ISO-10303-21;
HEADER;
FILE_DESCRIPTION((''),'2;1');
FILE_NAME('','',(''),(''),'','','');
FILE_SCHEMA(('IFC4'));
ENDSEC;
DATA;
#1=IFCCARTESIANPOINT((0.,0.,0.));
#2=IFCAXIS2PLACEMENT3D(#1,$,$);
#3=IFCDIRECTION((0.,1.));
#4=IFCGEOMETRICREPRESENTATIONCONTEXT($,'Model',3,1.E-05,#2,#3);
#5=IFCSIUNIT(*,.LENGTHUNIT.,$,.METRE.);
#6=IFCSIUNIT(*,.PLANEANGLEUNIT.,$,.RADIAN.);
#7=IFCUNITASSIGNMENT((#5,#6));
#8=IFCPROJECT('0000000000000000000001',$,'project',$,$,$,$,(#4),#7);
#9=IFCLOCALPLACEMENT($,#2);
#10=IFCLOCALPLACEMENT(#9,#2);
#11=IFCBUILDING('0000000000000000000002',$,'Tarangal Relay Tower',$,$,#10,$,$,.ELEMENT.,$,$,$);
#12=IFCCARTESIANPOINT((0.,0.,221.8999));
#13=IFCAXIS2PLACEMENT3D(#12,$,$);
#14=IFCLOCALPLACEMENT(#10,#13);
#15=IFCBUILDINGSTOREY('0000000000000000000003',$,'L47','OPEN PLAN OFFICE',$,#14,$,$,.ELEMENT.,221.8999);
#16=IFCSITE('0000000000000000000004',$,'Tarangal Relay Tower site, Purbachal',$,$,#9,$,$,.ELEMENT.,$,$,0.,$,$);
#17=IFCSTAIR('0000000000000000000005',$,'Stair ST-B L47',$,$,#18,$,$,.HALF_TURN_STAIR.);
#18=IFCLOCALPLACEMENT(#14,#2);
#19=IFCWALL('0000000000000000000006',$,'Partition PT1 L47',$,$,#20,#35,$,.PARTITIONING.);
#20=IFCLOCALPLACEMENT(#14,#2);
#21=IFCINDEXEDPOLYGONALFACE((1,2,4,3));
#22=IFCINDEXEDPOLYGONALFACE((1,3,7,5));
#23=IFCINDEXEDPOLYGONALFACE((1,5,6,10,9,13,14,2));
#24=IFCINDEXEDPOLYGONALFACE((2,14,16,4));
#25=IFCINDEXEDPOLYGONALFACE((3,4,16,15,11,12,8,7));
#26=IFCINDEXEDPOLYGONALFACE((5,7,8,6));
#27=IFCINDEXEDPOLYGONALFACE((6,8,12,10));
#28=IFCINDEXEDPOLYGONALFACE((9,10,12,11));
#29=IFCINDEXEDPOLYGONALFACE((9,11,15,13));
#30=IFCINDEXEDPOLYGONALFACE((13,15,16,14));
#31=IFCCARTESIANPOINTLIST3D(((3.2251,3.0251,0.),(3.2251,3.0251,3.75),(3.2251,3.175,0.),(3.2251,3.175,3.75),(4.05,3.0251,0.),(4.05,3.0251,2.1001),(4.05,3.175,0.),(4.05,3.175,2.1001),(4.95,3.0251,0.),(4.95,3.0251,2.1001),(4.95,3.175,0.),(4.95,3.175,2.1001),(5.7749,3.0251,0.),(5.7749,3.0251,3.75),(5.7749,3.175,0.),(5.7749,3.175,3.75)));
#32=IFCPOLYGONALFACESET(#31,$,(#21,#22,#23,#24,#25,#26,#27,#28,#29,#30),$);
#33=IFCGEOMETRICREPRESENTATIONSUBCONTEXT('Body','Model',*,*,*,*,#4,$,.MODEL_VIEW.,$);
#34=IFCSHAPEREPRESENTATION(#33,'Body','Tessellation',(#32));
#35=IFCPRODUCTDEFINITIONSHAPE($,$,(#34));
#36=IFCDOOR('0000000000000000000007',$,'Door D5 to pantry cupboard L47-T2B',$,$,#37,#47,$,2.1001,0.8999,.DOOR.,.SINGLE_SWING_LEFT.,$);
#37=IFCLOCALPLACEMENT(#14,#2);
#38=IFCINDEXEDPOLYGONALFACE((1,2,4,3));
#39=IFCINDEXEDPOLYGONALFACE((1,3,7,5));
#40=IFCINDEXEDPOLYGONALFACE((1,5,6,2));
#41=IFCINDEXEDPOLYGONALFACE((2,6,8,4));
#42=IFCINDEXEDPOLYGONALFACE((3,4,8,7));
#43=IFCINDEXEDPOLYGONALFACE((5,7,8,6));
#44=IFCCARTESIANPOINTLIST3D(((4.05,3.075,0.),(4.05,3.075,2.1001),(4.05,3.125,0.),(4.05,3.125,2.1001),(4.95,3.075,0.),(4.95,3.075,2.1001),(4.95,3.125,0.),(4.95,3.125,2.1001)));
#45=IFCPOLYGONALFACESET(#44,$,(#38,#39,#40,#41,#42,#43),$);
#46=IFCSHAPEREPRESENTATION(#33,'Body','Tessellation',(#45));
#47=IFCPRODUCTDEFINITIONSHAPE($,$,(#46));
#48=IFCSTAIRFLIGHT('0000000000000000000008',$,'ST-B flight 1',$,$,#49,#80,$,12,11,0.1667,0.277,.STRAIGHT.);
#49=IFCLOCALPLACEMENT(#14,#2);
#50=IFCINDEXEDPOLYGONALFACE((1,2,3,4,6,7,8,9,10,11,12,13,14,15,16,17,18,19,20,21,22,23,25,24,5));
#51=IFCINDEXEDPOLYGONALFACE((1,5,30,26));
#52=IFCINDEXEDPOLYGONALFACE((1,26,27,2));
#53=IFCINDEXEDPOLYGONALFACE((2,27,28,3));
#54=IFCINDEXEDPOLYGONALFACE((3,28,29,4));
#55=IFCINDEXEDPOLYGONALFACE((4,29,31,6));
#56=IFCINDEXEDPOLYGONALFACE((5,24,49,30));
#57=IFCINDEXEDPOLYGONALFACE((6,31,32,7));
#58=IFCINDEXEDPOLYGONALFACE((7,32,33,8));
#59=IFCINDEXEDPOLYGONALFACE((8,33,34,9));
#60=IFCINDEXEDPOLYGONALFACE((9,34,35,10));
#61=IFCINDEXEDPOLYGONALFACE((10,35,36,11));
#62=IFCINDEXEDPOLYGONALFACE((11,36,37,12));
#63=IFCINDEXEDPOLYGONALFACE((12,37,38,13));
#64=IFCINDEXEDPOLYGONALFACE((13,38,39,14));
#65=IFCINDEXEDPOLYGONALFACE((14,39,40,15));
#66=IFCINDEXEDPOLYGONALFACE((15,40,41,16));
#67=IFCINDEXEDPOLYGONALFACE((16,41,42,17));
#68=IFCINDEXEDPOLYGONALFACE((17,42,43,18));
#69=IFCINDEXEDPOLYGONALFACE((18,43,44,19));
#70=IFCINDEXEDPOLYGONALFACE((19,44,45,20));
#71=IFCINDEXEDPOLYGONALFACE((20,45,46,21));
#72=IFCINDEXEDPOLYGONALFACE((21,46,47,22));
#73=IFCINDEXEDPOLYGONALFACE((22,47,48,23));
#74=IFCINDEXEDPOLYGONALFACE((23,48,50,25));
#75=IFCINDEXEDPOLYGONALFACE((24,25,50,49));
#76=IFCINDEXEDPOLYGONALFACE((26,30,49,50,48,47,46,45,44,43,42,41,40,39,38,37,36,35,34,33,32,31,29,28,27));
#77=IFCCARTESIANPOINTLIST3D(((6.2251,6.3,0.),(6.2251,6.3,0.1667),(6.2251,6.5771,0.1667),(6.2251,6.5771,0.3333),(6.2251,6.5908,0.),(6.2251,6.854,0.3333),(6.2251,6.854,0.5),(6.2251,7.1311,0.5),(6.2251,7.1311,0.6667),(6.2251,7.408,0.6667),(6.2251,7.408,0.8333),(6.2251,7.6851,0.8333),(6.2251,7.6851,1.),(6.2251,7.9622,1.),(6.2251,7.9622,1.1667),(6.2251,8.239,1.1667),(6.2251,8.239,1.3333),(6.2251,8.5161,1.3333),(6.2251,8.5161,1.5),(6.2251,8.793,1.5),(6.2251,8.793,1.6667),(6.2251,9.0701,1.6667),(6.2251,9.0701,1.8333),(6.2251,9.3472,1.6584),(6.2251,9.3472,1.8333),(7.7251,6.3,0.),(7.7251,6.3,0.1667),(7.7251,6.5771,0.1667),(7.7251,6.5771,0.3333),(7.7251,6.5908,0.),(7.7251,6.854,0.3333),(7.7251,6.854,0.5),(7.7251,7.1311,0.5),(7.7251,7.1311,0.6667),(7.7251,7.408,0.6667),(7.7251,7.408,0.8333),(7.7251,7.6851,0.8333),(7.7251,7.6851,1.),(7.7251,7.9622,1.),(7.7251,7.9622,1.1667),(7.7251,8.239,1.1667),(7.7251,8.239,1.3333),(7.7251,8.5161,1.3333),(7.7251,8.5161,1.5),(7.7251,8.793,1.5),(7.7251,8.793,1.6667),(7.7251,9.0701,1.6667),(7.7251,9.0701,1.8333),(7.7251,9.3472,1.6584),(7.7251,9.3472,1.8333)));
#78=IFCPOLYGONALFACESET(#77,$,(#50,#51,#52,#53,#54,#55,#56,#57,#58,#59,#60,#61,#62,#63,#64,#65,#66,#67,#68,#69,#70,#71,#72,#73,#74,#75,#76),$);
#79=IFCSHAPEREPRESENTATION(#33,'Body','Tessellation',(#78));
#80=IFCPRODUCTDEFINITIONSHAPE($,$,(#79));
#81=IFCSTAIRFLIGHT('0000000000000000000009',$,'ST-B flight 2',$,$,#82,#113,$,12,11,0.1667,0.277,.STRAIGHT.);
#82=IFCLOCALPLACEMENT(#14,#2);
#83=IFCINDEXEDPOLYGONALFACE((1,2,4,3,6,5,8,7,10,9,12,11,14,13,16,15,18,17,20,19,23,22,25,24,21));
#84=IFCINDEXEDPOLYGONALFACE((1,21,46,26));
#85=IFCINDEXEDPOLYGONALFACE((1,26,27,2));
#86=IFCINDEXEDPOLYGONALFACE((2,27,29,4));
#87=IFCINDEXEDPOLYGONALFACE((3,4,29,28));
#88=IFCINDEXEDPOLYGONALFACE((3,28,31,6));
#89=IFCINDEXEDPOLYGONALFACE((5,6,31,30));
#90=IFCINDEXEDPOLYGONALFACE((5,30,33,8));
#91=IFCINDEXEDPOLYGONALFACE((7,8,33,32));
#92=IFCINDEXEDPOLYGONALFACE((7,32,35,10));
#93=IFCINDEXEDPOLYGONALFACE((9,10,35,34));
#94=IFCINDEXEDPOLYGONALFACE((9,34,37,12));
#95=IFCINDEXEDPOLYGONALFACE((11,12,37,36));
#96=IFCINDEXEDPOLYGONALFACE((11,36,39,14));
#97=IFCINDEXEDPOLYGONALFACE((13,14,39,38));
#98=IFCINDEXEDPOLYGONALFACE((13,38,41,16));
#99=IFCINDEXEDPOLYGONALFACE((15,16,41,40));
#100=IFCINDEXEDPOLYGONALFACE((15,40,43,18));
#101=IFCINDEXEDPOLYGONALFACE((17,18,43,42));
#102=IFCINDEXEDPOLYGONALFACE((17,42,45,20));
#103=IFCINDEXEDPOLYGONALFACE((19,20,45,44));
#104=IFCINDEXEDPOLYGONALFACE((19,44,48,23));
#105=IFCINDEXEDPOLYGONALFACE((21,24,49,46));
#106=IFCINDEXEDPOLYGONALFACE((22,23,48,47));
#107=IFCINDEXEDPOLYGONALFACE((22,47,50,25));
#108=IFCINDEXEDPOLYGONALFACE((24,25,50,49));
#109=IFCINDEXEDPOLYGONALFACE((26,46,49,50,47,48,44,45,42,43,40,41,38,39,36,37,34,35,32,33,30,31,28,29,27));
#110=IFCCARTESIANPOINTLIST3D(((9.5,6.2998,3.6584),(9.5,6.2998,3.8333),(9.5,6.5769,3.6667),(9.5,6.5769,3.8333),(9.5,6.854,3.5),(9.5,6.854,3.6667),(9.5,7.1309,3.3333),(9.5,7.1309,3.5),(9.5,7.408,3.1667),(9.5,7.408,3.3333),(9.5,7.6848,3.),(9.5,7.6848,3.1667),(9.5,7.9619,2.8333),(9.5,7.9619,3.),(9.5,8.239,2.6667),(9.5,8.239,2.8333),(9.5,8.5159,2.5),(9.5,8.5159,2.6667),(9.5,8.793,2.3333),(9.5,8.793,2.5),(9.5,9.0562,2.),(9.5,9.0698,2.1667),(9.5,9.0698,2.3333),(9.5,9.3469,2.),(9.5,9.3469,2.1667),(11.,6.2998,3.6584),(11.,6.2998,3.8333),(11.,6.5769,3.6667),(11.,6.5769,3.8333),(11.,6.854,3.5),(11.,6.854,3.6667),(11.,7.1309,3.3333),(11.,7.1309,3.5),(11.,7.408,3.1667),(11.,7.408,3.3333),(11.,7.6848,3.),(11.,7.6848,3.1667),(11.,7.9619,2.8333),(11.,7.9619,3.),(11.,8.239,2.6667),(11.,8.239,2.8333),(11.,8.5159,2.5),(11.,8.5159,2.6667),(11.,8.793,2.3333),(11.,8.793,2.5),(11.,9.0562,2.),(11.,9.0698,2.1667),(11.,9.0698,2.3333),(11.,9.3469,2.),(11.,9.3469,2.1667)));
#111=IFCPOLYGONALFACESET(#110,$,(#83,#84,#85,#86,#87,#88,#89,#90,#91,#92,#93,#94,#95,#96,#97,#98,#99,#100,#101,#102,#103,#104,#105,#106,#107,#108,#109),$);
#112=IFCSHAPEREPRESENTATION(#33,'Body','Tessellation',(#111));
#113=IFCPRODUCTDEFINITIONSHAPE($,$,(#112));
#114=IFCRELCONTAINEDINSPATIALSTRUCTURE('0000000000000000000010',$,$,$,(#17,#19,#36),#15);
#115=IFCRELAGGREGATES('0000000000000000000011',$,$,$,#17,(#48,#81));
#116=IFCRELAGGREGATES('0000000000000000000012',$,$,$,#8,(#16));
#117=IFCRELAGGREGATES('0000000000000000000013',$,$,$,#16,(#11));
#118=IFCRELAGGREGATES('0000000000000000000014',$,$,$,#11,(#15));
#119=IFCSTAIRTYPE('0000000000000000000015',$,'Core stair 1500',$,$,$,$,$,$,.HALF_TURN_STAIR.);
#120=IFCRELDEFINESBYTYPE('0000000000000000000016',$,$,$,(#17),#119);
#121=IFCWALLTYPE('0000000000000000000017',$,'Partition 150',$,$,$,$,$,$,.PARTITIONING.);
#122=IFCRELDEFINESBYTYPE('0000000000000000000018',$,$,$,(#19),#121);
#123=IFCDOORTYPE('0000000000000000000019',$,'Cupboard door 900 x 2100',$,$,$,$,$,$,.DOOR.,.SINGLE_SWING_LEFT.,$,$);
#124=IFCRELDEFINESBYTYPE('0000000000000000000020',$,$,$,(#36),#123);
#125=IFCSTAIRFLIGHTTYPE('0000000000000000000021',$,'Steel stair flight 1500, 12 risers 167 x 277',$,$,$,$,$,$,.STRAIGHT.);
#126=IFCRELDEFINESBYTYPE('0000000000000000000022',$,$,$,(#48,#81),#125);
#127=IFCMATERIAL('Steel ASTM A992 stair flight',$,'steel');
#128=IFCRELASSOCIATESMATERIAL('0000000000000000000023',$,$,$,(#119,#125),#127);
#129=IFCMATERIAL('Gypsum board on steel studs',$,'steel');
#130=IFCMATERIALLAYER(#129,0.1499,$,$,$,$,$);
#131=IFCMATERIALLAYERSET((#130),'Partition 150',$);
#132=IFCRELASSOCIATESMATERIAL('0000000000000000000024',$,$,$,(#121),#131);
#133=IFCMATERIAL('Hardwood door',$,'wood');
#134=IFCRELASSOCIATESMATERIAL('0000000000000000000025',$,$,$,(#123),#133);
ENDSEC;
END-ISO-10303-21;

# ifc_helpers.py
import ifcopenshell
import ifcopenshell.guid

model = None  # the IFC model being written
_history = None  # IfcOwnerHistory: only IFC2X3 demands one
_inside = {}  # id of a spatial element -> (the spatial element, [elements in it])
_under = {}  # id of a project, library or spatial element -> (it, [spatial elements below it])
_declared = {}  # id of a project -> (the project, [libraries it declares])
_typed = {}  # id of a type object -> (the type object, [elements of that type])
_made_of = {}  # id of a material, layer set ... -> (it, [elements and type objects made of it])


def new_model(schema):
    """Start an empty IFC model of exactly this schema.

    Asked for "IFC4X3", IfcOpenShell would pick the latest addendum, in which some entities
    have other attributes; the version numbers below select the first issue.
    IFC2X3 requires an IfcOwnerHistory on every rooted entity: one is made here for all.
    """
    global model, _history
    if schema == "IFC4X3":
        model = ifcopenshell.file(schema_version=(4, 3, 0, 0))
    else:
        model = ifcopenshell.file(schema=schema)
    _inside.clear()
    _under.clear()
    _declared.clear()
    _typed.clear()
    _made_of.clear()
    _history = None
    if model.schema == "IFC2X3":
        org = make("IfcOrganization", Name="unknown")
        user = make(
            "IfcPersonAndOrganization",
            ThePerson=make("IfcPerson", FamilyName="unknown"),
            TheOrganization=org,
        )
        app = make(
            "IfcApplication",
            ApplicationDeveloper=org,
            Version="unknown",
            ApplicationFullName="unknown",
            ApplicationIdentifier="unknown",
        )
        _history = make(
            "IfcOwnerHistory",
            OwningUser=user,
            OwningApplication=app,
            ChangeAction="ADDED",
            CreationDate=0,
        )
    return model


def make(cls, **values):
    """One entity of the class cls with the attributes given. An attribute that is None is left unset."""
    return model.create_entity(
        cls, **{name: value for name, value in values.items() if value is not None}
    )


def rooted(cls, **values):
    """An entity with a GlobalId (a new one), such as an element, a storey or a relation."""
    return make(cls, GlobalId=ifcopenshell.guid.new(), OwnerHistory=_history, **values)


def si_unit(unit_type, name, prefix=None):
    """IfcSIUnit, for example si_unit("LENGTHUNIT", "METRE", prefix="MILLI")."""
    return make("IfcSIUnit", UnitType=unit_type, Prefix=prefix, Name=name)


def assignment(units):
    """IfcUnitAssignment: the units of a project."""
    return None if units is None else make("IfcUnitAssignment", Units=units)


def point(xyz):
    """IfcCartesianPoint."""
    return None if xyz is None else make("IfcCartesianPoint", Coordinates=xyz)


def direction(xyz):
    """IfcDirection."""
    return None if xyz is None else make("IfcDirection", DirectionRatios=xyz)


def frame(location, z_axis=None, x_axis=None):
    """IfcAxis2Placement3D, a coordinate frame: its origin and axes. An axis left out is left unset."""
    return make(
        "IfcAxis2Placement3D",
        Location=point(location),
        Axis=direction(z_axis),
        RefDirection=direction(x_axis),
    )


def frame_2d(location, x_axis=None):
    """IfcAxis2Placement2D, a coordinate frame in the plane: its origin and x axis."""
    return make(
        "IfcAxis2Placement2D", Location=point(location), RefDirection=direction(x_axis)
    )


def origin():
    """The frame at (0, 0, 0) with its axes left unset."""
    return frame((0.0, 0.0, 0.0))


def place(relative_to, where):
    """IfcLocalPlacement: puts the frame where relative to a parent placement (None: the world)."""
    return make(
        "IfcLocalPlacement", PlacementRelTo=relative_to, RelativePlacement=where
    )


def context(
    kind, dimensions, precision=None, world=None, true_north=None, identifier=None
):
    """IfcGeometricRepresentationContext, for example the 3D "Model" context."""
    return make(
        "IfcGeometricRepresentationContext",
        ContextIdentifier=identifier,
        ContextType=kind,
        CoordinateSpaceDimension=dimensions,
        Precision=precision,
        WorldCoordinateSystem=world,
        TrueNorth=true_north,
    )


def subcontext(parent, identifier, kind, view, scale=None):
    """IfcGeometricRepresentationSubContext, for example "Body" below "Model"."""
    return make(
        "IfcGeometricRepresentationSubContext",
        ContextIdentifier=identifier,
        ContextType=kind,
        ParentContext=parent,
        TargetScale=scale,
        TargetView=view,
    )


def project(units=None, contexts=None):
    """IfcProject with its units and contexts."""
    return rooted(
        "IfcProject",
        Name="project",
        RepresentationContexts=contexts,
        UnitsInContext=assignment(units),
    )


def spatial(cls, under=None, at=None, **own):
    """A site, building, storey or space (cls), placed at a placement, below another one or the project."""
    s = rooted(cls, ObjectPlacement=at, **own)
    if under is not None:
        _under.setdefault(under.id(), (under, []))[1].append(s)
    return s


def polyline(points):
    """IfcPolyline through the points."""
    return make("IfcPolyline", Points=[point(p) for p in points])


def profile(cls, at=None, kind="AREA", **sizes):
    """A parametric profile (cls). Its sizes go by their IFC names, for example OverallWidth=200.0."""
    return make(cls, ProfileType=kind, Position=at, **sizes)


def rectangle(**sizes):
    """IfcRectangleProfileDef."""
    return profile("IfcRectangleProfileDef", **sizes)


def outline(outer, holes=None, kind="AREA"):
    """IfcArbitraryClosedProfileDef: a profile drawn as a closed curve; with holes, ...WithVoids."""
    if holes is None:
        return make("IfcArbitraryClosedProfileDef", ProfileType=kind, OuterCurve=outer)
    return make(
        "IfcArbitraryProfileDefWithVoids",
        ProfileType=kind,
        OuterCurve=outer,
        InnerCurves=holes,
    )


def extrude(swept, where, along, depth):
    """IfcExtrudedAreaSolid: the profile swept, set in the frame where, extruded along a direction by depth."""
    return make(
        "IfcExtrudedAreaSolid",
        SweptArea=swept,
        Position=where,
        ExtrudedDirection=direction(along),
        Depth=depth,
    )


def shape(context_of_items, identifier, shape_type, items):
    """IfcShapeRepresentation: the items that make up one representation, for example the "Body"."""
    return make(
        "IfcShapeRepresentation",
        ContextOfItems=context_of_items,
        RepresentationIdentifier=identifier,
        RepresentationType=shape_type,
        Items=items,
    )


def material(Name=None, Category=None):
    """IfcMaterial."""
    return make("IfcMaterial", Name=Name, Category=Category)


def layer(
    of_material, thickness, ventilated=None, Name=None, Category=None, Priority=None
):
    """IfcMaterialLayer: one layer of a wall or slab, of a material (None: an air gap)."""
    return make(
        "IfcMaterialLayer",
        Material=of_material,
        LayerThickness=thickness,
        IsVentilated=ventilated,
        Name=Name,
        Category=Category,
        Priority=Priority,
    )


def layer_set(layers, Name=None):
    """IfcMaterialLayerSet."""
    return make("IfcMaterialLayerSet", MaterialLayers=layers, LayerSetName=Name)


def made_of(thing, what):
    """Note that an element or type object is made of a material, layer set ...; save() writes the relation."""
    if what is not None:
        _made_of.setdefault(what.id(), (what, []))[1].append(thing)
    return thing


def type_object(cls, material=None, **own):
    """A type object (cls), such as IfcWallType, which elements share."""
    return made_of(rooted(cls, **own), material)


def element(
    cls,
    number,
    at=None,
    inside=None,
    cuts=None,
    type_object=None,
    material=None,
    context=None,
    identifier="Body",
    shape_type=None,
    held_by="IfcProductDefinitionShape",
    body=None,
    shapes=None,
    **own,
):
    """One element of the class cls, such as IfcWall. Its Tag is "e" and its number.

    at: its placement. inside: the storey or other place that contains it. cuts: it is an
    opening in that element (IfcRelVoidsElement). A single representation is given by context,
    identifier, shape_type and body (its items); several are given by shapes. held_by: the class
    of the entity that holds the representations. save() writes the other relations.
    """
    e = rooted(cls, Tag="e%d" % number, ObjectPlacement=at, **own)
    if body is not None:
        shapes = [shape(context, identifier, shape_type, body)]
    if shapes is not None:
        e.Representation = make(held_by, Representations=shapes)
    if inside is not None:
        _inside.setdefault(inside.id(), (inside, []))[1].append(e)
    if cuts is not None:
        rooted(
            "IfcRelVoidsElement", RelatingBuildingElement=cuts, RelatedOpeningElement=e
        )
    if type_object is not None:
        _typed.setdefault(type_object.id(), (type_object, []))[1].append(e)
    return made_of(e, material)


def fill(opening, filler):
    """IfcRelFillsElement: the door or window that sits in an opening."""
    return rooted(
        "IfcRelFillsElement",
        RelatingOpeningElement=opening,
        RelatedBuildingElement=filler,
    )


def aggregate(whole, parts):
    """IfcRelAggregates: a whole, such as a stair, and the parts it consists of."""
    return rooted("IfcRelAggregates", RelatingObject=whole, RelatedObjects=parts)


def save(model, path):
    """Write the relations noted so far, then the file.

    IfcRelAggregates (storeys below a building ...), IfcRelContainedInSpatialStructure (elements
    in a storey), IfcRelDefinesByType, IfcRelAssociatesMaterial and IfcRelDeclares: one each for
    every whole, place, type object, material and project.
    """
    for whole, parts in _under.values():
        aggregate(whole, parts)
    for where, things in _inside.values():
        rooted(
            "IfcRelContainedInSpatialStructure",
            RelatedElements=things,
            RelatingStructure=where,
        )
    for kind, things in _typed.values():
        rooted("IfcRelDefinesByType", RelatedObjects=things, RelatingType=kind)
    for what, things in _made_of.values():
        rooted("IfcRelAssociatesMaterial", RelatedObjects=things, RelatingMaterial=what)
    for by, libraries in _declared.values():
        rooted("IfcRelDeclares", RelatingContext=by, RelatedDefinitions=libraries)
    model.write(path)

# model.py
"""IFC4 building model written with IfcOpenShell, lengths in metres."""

from ifc_helpers import new_model, si_unit, direction, frame, frame_2d, origin, place, context, subcontext, project, spatial, polyline, rectangle, outline, extrude, material, layer, layer_set, type_object, element, fill, aggregate, save


model = new_model("IFC4")

# Units and contexts
model_context = context("Model", 3, precision=1e-05, world=origin(), true_north=direction((0.0, 1.0)))
body_context = subcontext(model_context, "Body", "Model", "MODEL_VIEW")
ifc_project = project(units=[si_unit("LENGTHUNIT", "METRE"), si_unit("PLANEANGLEUNIT", "RADIAN")], contexts=[model_context])

# Site, building, storey
site_placement = place(None, origin())
site = spatial("IfcSite", under=ifc_project, at=site_placement, Name="Tarangal Relay Tower site, Purbachal", CompositionType="ELEMENT", RefElevation=0.0)
building_placement = place(site_placement, origin())
building = spatial("IfcBuilding", under=site, at=building_placement, Name="Tarangal Relay Tower", CompositionType="ELEMENT")
storey_placement = place(building_placement, frame((0.0, 0.0, 221.8999)))
storey = spatial("IfcBuildingStorey", under=building, at=storey_placement, Name="L47", Description="OPEN PLAN OFFICE", CompositionType="ELEMENT", Elevation=221.8999)

# Stair
ifc_material_1 = material(Name="Steel ASTM A992 stair flight", Category="steel")
stair_type = type_object("IfcStairType", Name="Core stair 1500", PredefinedType="HALF_TURN_STAIR", material=ifc_material_1)
stair_1_placement = place(storey_placement, origin())
stair_1 = element("IfcStair", 1, at=stair_1_placement, inside=storey, type_object=stair_type, Name="Stair ST-B L47", PredefinedType="HALF_TURN_STAIR")

# Wall, opening, door
ifc_material_2 = material(Name="Gypsum board on steel studs", Category="steel")
ifc_layer_1 = layer(ifc_material_2, 0.1499)
ifc_layer_set_1 = layer_set([ifc_layer_1], Name="Partition 150")
wall_type_1 = type_object("IfcWallType", Name="Partition 150", PredefinedType="PARTITIONING", material=ifc_layer_set_1)
wall_1_placement = place(storey_placement, frame((3.2251, 3.1001, 0.0), z_axis=(0.0, 0.0, 1.0), x_axis=(1.0, 0.0, 0.0)))
wall_1 = element("IfcWall", 2, at=wall_1_placement, inside=storey, type_object=wall_type_1, Name="Partition PT1 L47", PredefinedType="PARTITIONING", context=body_context, shape_type="SweptSolid", body=[
    extrude(rectangle(XDim=2.5498, YDim=0.1499, at=frame_2d((1.2749, 0.0))), origin(), (0.0, 0.0, 1.0), 3.75),
])
opening_1_placement = place(wall_1_placement, frame((0.825, 0.0, 0.0)))
opening_1 = element("IfcOpeningElement", 3, at=opening_1_placement, cuts=wall_1, PredefinedType="OPENING", context=body_context, shape_type="SweptSolid", body=[
    extrude(rectangle(XDim=0.8999, YDim=2.1001, at=frame_2d((0.45, 1.05))), frame((0.0, 0.085, 0.0), z_axis=(0.0, -1.0, 0.0), x_axis=(1.0, 0.0, 0.0)), (0.0, 0.0, 1.0), 0.1699),
])
ifc_material_3 = material(Name="Hardwood door", Category="wood")
door_type_1 = type_object("IfcDoorType", Name="Cupboard door 900 x 2100", OperationType="SINGLE_SWING_LEFT", PredefinedType="DOOR", material=ifc_material_3)
door_1_placement = place(opening_1_placement, origin())
door_1 = element("IfcDoor", 4, at=door_1_placement, inside=storey, type_object=door_type_1, Name="Door D5 to pantry cupboard L47-T2B", OperationType="SINGLE_SWING_LEFT", OverallHeight=2.1001, OverallWidth=0.8999, PredefinedType="DOOR", context=body_context, shape_type="SweptSolid", body=[
    extrude(rectangle(XDim=0.8999, YDim=2.1001, at=frame_2d((0.45, 1.05))), frame((0.0, 0.0249, 0.0), z_axis=(0.0, -1.0, 0.0), x_axis=(1.0, 0.0, 0.0)), (0.0, 0.0, 1.0), 0.05),
])
fill(opening_1, door_1)

# Stair flights
stair_flight_type = type_object("IfcStairFlightType", Name="Steel stair flight 1500, 12 risers 167 x 277", PredefinedType="STRAIGHT", material=ifc_material_1)
stair_flight_1_placement = place(storey_placement, frame((6.9751, 6.3, 0.0), z_axis=(0.0, 0.0, 1.0), x_axis=(0.0, 1.0, 0.0)))
stair_flight_1 = element("IfcStairFlight", 5, at=stair_flight_1_placement, type_object=stair_flight_type, Name="ST-B flight 1", NumberOfRisers=12, NumberOfTreads=11, PredefinedType="STRAIGHT", RiserHeight=0.1667, TreadLength=0.277, context=body_context, shape_type="SweptSolid", body=[
    extrude(outline(polyline([(0.0, 0.0), (0.0, 0.1667), (0.2771, 0.1667), (0.2771, 0.3333), (0.554, 0.3333), (0.554, 0.5), (0.8311, 0.5), (0.8311, 0.6667), (1.1079, 0.6667), (1.1079, 0.8333), (1.385, 0.8333), (1.385, 1.0), (1.6621, 1.0), (1.6621, 1.1667), (1.939, 1.1667), (1.939, 1.3333), (2.2161, 1.3333), (2.2161, 1.5), (2.4929, 1.5), (2.4929, 1.6667), (2.77, 1.6667), (2.77, 1.8333), (3.0471, 1.8333), (3.0471, 2.0), (3.0471, 1.6584), (0.2908, 0.0), (0.0, 0.0)])), frame((0.0, 0.75, 0.0), z_axis=(0.0, -1.0, 0.0), x_axis=(1.0, 0.0, 0.0)), (0.0, 0.0, 1.0), 1.5),
])
stair_flight_2_placement = place(storey_placement, frame((10.25, 9.3469, 2.0), z_axis=(0.0, 0.0, 1.0), x_axis=(0.0, -1.0, 0.0)))
stair_flight_2 = element("IfcStairFlight", 6, at=stair_flight_2_placement, type_object=stair_flight_type, Name="ST-B flight 2", NumberOfRisers=12, NumberOfTreads=11, PredefinedType="STRAIGHT", RiserHeight=0.1667, TreadLength=0.277, context=body_context, shape_type="SweptSolid", body=[
    extrude(outline(polyline([(0.0, 0.0), (0.0, 0.1667), (0.2771, 0.1667), (0.2771, 0.3333), (0.554, 0.3333), (0.554, 0.5), (0.8311, 0.5), (0.8311, 0.6667), (1.1079, 0.6667), (1.1079, 0.8333), (1.385, 0.8333), (1.385, 1.0), (1.6621, 1.0), (1.6621, 1.1667), (1.939, 1.1667), (1.939, 1.3333), (2.2161, 1.3333), (2.2161, 1.5), (2.4929, 1.5), (2.4929, 1.6667), (2.77, 1.6667), (2.77, 1.8333), (3.0471, 1.8333), (3.0471, 2.0), (3.0471, 1.6584), (0.2908, 0.0), (0.0, 0.0)])), frame((0.0, 0.75, 0.0), z_axis=(0.0, -1.0, 0.0), x_axis=(1.0, 0.0, 0.0)), (0.0, 0.0, 1.0), 1.5),
])
aggregate(stair_1, [stair_flight_1, stair_flight_2])

save(model, "model.ifc")
